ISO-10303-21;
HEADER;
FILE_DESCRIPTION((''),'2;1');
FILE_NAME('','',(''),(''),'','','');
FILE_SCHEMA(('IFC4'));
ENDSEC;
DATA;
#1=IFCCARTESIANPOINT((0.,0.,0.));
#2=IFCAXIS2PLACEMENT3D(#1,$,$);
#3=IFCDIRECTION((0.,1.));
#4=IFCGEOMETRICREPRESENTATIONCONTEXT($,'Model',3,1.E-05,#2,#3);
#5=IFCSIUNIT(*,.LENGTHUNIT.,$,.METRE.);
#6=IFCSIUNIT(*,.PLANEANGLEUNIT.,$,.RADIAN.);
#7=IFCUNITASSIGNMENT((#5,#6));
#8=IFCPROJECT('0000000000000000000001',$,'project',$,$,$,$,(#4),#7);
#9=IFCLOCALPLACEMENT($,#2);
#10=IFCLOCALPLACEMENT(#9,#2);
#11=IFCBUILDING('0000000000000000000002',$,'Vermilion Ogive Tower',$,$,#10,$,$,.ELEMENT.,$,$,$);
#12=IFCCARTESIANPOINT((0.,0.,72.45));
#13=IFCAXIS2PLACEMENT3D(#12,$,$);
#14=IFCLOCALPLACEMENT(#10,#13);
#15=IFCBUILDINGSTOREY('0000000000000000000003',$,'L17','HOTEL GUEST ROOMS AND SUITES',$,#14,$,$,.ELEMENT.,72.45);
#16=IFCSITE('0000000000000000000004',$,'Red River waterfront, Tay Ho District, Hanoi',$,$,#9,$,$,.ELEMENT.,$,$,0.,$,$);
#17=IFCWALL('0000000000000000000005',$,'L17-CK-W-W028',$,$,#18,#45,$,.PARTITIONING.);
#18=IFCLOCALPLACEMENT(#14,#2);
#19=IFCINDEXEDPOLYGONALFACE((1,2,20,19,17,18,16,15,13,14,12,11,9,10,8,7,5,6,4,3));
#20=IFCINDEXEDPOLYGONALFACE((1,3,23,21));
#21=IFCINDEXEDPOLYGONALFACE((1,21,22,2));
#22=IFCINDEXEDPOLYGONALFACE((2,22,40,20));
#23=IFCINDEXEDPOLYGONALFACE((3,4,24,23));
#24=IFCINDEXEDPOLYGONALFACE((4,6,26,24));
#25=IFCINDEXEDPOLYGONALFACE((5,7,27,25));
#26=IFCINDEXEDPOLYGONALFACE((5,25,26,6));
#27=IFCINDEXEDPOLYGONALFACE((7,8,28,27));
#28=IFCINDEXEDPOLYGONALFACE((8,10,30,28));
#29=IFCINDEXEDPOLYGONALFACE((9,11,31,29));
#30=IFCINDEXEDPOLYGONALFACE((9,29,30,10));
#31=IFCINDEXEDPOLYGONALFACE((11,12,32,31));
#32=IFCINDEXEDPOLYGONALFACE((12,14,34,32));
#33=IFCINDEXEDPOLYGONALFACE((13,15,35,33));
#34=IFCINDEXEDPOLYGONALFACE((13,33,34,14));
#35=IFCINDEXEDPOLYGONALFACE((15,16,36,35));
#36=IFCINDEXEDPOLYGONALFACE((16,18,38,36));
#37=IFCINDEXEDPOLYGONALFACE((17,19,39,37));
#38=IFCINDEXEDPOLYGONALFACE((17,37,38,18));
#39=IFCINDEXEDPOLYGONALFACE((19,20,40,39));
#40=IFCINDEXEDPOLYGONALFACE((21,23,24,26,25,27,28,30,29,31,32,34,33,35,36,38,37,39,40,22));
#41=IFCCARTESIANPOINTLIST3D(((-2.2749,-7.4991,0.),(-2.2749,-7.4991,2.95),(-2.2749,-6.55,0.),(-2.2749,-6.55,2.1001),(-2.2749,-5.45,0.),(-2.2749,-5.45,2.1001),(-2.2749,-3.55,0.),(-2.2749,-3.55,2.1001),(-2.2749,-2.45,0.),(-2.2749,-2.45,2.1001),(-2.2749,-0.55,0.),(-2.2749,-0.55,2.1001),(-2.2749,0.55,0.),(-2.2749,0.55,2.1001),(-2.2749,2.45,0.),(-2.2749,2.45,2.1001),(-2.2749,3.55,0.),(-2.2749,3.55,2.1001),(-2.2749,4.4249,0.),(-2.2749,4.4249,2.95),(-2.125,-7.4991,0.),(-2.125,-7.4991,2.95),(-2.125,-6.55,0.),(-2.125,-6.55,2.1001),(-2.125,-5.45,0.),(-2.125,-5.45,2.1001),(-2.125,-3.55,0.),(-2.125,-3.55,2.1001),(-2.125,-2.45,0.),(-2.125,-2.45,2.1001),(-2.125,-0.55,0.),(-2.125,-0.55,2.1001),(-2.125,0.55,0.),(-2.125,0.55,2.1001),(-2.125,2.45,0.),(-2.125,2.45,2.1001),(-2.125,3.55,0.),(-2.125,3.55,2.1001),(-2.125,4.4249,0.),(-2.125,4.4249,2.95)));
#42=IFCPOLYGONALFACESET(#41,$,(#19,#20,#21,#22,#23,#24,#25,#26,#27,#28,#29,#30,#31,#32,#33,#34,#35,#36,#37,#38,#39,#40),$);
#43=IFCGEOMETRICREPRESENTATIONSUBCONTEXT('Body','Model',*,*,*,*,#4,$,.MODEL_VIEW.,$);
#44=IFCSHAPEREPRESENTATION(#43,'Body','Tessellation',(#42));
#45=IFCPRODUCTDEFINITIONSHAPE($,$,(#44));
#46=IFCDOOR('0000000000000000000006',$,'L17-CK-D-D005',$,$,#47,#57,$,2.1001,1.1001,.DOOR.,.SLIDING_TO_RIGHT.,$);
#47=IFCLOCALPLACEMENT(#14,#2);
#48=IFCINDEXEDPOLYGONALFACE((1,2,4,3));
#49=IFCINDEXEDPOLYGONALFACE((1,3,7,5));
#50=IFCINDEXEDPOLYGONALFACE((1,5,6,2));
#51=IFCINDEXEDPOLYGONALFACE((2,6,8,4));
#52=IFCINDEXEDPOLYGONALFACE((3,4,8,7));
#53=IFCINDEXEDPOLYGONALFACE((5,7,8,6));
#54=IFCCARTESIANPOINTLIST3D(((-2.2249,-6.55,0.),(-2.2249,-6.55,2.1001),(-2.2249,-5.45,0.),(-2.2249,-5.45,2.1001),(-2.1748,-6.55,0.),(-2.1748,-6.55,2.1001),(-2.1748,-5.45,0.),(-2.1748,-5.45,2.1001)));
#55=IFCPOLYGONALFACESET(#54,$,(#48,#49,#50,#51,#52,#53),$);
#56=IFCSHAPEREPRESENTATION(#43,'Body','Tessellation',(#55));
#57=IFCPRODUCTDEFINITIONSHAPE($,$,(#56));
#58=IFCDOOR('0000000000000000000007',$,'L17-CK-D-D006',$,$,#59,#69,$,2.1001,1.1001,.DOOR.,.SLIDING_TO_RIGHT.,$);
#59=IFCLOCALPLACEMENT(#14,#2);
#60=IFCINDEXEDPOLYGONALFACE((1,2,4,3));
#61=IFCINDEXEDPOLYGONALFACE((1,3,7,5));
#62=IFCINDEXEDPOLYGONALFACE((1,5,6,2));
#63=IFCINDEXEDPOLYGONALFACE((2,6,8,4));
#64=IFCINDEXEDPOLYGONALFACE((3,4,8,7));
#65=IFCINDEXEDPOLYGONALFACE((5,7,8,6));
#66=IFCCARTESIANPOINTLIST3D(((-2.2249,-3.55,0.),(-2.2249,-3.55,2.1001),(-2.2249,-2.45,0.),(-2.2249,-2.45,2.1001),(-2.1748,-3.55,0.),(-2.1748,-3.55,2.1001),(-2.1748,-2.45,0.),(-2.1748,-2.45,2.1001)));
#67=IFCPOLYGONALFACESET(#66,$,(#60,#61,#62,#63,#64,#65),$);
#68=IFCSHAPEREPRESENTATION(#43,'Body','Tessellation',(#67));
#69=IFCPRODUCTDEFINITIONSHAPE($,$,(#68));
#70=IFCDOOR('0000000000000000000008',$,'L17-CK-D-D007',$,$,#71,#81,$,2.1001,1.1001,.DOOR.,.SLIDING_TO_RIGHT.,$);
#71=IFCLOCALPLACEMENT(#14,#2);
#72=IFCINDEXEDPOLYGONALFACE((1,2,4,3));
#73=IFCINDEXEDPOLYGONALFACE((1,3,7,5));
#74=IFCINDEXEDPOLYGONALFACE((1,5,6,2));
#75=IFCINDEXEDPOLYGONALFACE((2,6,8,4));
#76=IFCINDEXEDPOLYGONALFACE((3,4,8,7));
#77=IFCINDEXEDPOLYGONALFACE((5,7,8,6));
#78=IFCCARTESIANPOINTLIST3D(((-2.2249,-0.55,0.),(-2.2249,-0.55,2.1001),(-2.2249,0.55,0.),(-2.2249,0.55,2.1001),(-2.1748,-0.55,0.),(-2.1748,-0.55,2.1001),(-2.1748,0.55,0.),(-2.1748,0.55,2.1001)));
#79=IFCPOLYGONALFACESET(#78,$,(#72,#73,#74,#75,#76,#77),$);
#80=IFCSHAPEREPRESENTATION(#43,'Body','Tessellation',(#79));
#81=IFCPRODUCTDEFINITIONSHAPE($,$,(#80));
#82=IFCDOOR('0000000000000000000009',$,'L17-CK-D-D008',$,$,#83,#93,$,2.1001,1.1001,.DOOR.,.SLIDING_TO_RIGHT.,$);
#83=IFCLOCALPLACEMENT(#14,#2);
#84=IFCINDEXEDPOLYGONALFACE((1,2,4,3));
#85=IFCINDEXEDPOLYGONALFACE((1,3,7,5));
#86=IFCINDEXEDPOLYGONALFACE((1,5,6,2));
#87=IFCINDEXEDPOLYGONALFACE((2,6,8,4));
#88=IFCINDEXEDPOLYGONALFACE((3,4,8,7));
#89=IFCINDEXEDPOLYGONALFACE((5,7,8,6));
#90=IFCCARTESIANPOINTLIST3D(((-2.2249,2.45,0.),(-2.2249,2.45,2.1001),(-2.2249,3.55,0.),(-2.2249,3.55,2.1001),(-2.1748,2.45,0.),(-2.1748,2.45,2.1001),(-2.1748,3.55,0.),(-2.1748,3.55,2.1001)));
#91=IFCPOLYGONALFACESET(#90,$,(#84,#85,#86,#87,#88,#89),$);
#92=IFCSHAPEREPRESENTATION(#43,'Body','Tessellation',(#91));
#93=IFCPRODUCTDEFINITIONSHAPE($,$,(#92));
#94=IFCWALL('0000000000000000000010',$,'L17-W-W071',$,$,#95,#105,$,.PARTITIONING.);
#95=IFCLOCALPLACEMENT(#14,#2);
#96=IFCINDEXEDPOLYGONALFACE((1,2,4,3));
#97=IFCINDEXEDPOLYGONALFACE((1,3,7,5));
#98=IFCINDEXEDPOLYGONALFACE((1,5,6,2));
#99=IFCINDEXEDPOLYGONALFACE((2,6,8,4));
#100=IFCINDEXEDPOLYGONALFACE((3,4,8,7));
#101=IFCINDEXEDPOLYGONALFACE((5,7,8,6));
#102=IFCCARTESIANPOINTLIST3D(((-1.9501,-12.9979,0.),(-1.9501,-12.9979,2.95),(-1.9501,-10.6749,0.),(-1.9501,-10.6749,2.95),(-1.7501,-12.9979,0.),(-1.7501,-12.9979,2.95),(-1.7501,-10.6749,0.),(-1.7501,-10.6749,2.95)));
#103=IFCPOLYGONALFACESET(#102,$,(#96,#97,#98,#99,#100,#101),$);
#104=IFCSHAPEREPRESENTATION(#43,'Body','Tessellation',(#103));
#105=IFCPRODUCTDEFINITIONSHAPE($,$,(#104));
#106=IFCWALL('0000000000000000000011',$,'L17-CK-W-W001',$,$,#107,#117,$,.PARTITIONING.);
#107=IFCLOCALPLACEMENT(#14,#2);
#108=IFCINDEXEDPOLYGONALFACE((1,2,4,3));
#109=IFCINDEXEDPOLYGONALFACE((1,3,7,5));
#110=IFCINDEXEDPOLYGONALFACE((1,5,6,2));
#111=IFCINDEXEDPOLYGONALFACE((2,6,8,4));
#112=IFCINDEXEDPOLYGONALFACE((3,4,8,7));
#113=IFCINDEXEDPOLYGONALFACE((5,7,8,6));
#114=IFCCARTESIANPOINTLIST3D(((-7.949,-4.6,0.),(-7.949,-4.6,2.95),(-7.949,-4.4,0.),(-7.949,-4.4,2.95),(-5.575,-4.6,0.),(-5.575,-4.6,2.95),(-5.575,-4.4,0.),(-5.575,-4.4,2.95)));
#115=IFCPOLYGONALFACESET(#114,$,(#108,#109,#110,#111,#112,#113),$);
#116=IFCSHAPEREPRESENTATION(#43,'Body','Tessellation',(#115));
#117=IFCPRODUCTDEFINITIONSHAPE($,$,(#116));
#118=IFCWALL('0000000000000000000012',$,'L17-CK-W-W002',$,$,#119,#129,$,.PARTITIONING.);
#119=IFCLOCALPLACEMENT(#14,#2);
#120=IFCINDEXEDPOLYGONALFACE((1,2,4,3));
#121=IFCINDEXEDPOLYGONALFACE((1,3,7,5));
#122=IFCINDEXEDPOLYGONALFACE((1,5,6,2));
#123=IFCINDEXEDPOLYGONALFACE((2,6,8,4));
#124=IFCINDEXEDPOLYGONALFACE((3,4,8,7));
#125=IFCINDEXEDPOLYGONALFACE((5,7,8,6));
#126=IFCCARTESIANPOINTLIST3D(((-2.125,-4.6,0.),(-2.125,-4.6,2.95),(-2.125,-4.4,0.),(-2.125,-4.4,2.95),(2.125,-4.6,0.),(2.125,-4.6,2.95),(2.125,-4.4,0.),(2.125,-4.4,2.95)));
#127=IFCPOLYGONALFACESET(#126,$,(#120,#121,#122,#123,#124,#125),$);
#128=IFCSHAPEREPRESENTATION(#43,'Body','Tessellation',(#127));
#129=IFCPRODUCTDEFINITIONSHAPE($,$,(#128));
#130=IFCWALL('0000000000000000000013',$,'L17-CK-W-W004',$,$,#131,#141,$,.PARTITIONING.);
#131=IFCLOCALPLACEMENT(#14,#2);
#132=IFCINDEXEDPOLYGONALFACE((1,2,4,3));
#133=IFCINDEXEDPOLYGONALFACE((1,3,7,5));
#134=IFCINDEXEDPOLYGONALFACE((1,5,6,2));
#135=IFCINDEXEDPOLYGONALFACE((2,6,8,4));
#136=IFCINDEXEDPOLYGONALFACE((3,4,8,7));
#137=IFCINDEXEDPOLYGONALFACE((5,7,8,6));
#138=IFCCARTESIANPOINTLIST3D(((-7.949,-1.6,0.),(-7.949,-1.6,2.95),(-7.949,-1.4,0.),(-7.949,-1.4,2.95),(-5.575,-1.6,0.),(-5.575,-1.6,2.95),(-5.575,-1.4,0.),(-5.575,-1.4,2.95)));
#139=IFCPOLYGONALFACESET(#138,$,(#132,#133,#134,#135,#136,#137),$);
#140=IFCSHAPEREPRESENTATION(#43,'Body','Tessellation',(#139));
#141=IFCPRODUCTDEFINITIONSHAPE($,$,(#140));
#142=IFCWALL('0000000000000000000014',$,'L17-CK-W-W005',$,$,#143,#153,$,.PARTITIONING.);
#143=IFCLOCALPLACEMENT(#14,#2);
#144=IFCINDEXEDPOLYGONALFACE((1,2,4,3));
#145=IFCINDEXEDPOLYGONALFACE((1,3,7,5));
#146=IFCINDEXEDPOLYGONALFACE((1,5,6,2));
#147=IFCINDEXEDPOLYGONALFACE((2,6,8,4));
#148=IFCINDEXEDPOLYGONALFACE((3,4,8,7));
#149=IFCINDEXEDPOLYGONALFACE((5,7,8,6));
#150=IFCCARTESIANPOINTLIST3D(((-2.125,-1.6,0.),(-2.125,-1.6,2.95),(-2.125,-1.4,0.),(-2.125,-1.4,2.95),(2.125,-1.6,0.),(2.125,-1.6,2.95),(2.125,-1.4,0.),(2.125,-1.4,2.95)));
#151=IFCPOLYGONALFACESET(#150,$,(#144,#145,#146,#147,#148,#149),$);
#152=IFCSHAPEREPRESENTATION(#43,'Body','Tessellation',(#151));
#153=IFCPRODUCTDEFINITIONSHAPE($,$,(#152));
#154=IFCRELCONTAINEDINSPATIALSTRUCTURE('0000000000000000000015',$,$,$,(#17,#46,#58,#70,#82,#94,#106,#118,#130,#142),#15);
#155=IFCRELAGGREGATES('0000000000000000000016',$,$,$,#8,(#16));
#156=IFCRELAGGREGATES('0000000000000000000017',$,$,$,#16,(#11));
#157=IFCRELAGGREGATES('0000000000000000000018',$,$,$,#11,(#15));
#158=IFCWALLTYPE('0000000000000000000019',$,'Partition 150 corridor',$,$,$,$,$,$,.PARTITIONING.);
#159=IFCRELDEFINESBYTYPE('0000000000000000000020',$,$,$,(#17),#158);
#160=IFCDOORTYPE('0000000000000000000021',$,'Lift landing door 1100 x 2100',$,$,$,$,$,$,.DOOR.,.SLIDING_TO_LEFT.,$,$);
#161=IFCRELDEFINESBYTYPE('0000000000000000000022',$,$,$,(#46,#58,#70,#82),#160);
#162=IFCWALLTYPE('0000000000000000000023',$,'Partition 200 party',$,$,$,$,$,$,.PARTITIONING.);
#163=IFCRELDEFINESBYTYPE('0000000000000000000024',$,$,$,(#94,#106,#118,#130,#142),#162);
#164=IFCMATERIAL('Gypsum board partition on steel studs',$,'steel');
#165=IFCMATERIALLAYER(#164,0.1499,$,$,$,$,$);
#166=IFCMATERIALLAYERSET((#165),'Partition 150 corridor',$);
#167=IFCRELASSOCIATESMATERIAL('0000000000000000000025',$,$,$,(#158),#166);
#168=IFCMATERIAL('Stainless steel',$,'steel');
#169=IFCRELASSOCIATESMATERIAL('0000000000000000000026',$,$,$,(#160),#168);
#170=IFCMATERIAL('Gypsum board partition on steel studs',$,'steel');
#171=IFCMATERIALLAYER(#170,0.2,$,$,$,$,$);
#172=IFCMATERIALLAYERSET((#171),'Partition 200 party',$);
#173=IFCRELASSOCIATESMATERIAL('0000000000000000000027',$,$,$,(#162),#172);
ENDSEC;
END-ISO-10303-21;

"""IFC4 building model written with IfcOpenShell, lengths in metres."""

from ifc_helpers import new_model, si_unit, direction, frame, frame_2d, origin, place, context, subcontext, project, spatial, rectangle, extrude, material, layer, layer_set, type_object, element, fill, save


model = new_model("IFC4")

# Units and contexts
model_context = context("Model", 3, precision=1e-05, world=origin(), true_north=direction((0.0, 1.0)))
body_context = subcontext(model_context, "Body", "Model", "MODEL_VIEW")
ifc_project = project(units=[si_unit("LENGTHUNIT", "METRE"), si_unit("PLANEANGLEUNIT", "RADIAN")], contexts=[model_context])

# Site, building, storey
site_placement = place(None, origin())
site = spatial("IfcSite", under=ifc_project, at=site_placement, Name="Red River waterfront, Tay Ho District, Hanoi", CompositionType="ELEMENT", RefElevation=0.0)
building_placement = place(site_placement, origin())
building = spatial("IfcBuilding", under=site, at=building_placement, Name="Vermilion Ogive Tower", CompositionType="ELEMENT")
storey_placement = place(building_placement, frame((0.0, 0.0, 72.45)))
storey = spatial("IfcBuildingStorey", under=building, at=storey_placement, Name="L17", Description="HOTEL GUEST ROOMS AND SUITES", CompositionType="ELEMENT", Elevation=72.45)

# Wall, openings, doors
ifc_material_1 = material(Name="Gypsum board partition on steel studs", Category="steel")
ifc_layer_1 = layer(ifc_material_1, 0.1499)
ifc_layer_set_1 = layer_set([ifc_layer_1], Name="Partition 150 corridor")
wall_type_1 = type_object("IfcWallType", Name="Partition 150 corridor", PredefinedType="PARTITIONING", material=ifc_layer_set_1)
ifc_material_2 = material(Name="Stainless steel", Category="steel")
door_type_1 = type_object("IfcDoorType", Name="Lift landing door 1100 x 2100", OperationType="SLIDING_TO_LEFT", PredefinedType="DOOR", material=ifc_material_2)
wall_1_placement = place(storey_placement, frame((-2.2, -7.499, 0.0), z_axis=(0.0, 0.0, 1.0), x_axis=(0.0, 1.0, 0.0)))
wall_1 = element("IfcWall", 1, at=wall_1_placement, inside=storey, type_object=wall_type_1, Name="L17-CK-W-W028", PredefinedType="PARTITIONING", context=body_context, shape_type="SweptSolid", body=[
    extrude(rectangle(XDim=11.9241, YDim=0.1499, at=frame_2d((5.9619, 0.0))), origin(), (0.0, 0.0, 1.0), 2.95),
])
opening_1_placement = place(wall_1_placement, frame((0.949, 0.0, 0.0)))
opening_1 = element("IfcOpeningElement", 2, at=opening_1_placement, cuts=wall_1, PredefinedType="OPENING", context=body_context, shape_type="SweptSolid", body=[
    extrude(rectangle(XDim=1.1001, YDim=2.1001, at=frame_2d((0.55, 1.05))), frame((0.0, 0.085, 0.0), z_axis=(0.0, -1.0, 0.0), x_axis=(1.0, 0.0, 0.0)), (0.0, 0.0, 1.0), 0.1699),
])
opening_2_placement = place(wall_1_placement, frame((3.949, 0.0, 0.0)))
opening_2 = element("IfcOpeningElement", 3, at=opening_2_placement, cuts=wall_1, PredefinedType="OPENING", context=body_context, shape_type="SweptSolid", body=[
    extrude(rectangle(XDim=1.1001, YDim=2.1001, at=frame_2d((0.55, 1.05))), frame((0.0, 0.085, 0.0), z_axis=(0.0, -1.0, 0.0), x_axis=(1.0, 0.0, 0.0)), (0.0, 0.0, 1.0), 0.1699),
])
opening_3_placement = place(wall_1_placement, frame((6.949, 0.0, 0.0)))
opening_3 = element("IfcOpeningElement", 4, at=opening_3_placement, cuts=wall_1, PredefinedType="OPENING", context=body_context, shape_type="SweptSolid", body=[
    extrude(rectangle(XDim=1.1001, YDim=2.1001, at=frame_2d((0.55, 1.05))), frame((0.0, 0.085, 0.0), z_axis=(0.0, -1.0, 0.0), x_axis=(1.0, 0.0, 0.0)), (0.0, 0.0, 1.0), 0.1699),
])
opening_4_placement = place(wall_1_placement, frame((9.949, 0.0, 0.0)))
opening_4 = element("IfcOpeningElement", 5, at=opening_4_placement, cuts=wall_1, PredefinedType="OPENING", context=body_context, shape_type="SweptSolid", body=[
    extrude(rectangle(XDim=1.1001, YDim=2.1001, at=frame_2d((0.55, 1.05))), frame((0.0, 0.085, 0.0), z_axis=(0.0, -1.0, 0.0), x_axis=(1.0, 0.0, 0.0)), (0.0, 0.0, 1.0), 0.1699),
])
door_1_placement = place(opening_1_placement, origin())
door_1 = element("IfcDoor", 6, at=door_1_placement, inside=storey, type_object=door_type_1, Name="L17-CK-D-D005", OperationType="SLIDING_TO_RIGHT", OverallHeight=2.1001, OverallWidth=1.1001, PredefinedType="DOOR", context=body_context, shape_type="SweptSolid", body=[
    extrude(rectangle(XDim=1.1001, YDim=2.1001, at=frame_2d((0.55, 1.05))), frame((0.0, 0.0249, 0.0), z_axis=(0.0, -1.0, 0.0), x_axis=(1.0, 0.0, 0.0)), (0.0, 0.0, 1.0), 0.05),
])
fill(opening_1, door_1)
door_2_placement = place(opening_2_placement, origin())
door_2 = element("IfcDoor", 7, at=door_2_placement, inside=storey, type_object=door_type_1, Name="L17-CK-D-D006", OperationType="SLIDING_TO_RIGHT", OverallHeight=2.1001, OverallWidth=1.1001, PredefinedType="DOOR", context=body_context, shape_type="SweptSolid", body=[
    extrude(rectangle(XDim=1.1001, YDim=2.1001, at=frame_2d((0.55, 1.05))), frame((0.0, 0.0249, 0.0), z_axis=(0.0, -1.0, 0.0), x_axis=(1.0, 0.0, 0.0)), (0.0, 0.0, 1.0), 0.05),
])
fill(opening_2, door_2)
door_3_placement = place(opening_3_placement, origin())
door_3 = element("IfcDoor", 8, at=door_3_placement, inside=storey, type_object=door_type_1, Name="L17-CK-D-D007", OperationType="SLIDING_TO_RIGHT", OverallHeight=2.1001, OverallWidth=1.1001, PredefinedType="DOOR", context=body_context, shape_type="SweptSolid", body=[
    extrude(rectangle(XDim=1.1001, YDim=2.1001, at=frame_2d((0.55, 1.05))), frame((0.0, 0.0249, 0.0), z_axis=(0.0, -1.0, 0.0), x_axis=(1.0, 0.0, 0.0)), (0.0, 0.0, 1.0), 0.05),
])
fill(opening_3, door_3)
door_4_placement = place(opening_4_placement, origin())
door_4 = element("IfcDoor", 9, at=door_4_placement, inside=storey, type_object=door_type_1, Name="L17-CK-D-D008", OperationType="SLIDING_TO_RIGHT", OverallHeight=2.1001, OverallWidth=1.1001, PredefinedType="DOOR", context=body_context, shape_type="SweptSolid", body=[
    extrude(rectangle(XDim=1.1001, YDim=2.1001, at=frame_2d((0.55, 1.05))), frame((0.0, 0.0249, 0.0), z_axis=(0.0, -1.0, 0.0), x_axis=(1.0, 0.0, 0.0)), (0.0, 0.0, 1.0), 0.05),
])
fill(opening_4, door_4)

# Walls
ifc_material_3 = material(Name="Gypsum board partition on steel studs", Category="steel")
ifc_layer_2 = layer(ifc_material_3, 0.2)
ifc_layer_set_2 = layer_set([ifc_layer_2], Name="Partition 200 party")
wall_type_2 = type_object("IfcWallType", Name="Partition 200 party", PredefinedType="PARTITIONING", material=ifc_layer_set_2)
wall_2_placement = place(storey_placement, frame((-1.8501, -12.998, 0.0), z_axis=(0.0, 0.0, 1.0), x_axis=(0.0, 1.0, 0.0)))
element("IfcWall", 10, at=wall_2_placement, inside=storey, type_object=wall_type_2, Name="L17-W-W071", PredefinedType="PARTITIONING", context=body_context, shape_type="SweptSolid", body=[
    extrude(rectangle(XDim=2.323, YDim=0.2, at=frame_2d((1.1616, 0.0))), origin(), (0.0, 0.0, 1.0), 2.95),
])
wall_3_placement = place(storey_placement, frame((-7.949, -4.5, 0.0), z_axis=(0.0, 0.0, 1.0), x_axis=(1.0, 0.0, 0.0)))
element("IfcWall", 11, at=wall_3_placement, inside=storey, type_object=wall_type_2, Name="L17-CK-W-W001", PredefinedType="PARTITIONING", context=body_context, shape_type="SweptSolid", body=[
    extrude(rectangle(XDim=2.374, YDim=0.2, at=frame_2d((1.187, 0.0))), origin(), (0.0, 0.0, 1.0), 2.95),
])
wall_4_placement = place(storey_placement, frame((-2.125, -4.5, 0.0), z_axis=(0.0, 0.0, 1.0), x_axis=(1.0, 0.0, 0.0)))
element("IfcWall", 12, at=wall_4_placement, inside=storey, type_object=wall_type_2, Name="L17-CK-W-W002", PredefinedType="PARTITIONING", context=body_context, shape_type="SweptSolid", body=[
    extrude(rectangle(XDim=4.25, YDim=0.2, at=frame_2d((2.125, 0.0))), origin(), (0.0, 0.0, 1.0), 2.95),
])
wall_5_placement = place(storey_placement, frame((-7.949, -1.5, 0.0), z_axis=(0.0, 0.0, 1.0), x_axis=(1.0, 0.0, 0.0)))
element("IfcWall", 13, at=wall_5_placement, inside=storey, type_object=wall_type_2, Name="L17-CK-W-W004", PredefinedType="PARTITIONING", context=body_context, shape_type="SweptSolid", body=[
    extrude(rectangle(XDim=2.374, YDim=0.2, at=frame_2d((1.187, 0.0))), origin(), (0.0, 0.0, 1.0), 2.95),
])
wall_6_placement = place(storey_placement, frame((-2.125, -1.5, 0.0), z_axis=(0.0, 0.0, 1.0), x_axis=(1.0, 0.0, 0.0)))
element("IfcWall", 14, at=wall_6_placement, inside=storey, type_object=wall_type_2, Name="L17-CK-W-W005", PredefinedType="PARTITIONING", context=body_context, shape_type="SweptSolid", body=[
    extrude(rectangle(XDim=4.25, YDim=0.2, at=frame_2d((2.125, 0.0))), origin(), (0.0, 0.0, 1.0), 2.95),
])

save(model, "model.ifc")
